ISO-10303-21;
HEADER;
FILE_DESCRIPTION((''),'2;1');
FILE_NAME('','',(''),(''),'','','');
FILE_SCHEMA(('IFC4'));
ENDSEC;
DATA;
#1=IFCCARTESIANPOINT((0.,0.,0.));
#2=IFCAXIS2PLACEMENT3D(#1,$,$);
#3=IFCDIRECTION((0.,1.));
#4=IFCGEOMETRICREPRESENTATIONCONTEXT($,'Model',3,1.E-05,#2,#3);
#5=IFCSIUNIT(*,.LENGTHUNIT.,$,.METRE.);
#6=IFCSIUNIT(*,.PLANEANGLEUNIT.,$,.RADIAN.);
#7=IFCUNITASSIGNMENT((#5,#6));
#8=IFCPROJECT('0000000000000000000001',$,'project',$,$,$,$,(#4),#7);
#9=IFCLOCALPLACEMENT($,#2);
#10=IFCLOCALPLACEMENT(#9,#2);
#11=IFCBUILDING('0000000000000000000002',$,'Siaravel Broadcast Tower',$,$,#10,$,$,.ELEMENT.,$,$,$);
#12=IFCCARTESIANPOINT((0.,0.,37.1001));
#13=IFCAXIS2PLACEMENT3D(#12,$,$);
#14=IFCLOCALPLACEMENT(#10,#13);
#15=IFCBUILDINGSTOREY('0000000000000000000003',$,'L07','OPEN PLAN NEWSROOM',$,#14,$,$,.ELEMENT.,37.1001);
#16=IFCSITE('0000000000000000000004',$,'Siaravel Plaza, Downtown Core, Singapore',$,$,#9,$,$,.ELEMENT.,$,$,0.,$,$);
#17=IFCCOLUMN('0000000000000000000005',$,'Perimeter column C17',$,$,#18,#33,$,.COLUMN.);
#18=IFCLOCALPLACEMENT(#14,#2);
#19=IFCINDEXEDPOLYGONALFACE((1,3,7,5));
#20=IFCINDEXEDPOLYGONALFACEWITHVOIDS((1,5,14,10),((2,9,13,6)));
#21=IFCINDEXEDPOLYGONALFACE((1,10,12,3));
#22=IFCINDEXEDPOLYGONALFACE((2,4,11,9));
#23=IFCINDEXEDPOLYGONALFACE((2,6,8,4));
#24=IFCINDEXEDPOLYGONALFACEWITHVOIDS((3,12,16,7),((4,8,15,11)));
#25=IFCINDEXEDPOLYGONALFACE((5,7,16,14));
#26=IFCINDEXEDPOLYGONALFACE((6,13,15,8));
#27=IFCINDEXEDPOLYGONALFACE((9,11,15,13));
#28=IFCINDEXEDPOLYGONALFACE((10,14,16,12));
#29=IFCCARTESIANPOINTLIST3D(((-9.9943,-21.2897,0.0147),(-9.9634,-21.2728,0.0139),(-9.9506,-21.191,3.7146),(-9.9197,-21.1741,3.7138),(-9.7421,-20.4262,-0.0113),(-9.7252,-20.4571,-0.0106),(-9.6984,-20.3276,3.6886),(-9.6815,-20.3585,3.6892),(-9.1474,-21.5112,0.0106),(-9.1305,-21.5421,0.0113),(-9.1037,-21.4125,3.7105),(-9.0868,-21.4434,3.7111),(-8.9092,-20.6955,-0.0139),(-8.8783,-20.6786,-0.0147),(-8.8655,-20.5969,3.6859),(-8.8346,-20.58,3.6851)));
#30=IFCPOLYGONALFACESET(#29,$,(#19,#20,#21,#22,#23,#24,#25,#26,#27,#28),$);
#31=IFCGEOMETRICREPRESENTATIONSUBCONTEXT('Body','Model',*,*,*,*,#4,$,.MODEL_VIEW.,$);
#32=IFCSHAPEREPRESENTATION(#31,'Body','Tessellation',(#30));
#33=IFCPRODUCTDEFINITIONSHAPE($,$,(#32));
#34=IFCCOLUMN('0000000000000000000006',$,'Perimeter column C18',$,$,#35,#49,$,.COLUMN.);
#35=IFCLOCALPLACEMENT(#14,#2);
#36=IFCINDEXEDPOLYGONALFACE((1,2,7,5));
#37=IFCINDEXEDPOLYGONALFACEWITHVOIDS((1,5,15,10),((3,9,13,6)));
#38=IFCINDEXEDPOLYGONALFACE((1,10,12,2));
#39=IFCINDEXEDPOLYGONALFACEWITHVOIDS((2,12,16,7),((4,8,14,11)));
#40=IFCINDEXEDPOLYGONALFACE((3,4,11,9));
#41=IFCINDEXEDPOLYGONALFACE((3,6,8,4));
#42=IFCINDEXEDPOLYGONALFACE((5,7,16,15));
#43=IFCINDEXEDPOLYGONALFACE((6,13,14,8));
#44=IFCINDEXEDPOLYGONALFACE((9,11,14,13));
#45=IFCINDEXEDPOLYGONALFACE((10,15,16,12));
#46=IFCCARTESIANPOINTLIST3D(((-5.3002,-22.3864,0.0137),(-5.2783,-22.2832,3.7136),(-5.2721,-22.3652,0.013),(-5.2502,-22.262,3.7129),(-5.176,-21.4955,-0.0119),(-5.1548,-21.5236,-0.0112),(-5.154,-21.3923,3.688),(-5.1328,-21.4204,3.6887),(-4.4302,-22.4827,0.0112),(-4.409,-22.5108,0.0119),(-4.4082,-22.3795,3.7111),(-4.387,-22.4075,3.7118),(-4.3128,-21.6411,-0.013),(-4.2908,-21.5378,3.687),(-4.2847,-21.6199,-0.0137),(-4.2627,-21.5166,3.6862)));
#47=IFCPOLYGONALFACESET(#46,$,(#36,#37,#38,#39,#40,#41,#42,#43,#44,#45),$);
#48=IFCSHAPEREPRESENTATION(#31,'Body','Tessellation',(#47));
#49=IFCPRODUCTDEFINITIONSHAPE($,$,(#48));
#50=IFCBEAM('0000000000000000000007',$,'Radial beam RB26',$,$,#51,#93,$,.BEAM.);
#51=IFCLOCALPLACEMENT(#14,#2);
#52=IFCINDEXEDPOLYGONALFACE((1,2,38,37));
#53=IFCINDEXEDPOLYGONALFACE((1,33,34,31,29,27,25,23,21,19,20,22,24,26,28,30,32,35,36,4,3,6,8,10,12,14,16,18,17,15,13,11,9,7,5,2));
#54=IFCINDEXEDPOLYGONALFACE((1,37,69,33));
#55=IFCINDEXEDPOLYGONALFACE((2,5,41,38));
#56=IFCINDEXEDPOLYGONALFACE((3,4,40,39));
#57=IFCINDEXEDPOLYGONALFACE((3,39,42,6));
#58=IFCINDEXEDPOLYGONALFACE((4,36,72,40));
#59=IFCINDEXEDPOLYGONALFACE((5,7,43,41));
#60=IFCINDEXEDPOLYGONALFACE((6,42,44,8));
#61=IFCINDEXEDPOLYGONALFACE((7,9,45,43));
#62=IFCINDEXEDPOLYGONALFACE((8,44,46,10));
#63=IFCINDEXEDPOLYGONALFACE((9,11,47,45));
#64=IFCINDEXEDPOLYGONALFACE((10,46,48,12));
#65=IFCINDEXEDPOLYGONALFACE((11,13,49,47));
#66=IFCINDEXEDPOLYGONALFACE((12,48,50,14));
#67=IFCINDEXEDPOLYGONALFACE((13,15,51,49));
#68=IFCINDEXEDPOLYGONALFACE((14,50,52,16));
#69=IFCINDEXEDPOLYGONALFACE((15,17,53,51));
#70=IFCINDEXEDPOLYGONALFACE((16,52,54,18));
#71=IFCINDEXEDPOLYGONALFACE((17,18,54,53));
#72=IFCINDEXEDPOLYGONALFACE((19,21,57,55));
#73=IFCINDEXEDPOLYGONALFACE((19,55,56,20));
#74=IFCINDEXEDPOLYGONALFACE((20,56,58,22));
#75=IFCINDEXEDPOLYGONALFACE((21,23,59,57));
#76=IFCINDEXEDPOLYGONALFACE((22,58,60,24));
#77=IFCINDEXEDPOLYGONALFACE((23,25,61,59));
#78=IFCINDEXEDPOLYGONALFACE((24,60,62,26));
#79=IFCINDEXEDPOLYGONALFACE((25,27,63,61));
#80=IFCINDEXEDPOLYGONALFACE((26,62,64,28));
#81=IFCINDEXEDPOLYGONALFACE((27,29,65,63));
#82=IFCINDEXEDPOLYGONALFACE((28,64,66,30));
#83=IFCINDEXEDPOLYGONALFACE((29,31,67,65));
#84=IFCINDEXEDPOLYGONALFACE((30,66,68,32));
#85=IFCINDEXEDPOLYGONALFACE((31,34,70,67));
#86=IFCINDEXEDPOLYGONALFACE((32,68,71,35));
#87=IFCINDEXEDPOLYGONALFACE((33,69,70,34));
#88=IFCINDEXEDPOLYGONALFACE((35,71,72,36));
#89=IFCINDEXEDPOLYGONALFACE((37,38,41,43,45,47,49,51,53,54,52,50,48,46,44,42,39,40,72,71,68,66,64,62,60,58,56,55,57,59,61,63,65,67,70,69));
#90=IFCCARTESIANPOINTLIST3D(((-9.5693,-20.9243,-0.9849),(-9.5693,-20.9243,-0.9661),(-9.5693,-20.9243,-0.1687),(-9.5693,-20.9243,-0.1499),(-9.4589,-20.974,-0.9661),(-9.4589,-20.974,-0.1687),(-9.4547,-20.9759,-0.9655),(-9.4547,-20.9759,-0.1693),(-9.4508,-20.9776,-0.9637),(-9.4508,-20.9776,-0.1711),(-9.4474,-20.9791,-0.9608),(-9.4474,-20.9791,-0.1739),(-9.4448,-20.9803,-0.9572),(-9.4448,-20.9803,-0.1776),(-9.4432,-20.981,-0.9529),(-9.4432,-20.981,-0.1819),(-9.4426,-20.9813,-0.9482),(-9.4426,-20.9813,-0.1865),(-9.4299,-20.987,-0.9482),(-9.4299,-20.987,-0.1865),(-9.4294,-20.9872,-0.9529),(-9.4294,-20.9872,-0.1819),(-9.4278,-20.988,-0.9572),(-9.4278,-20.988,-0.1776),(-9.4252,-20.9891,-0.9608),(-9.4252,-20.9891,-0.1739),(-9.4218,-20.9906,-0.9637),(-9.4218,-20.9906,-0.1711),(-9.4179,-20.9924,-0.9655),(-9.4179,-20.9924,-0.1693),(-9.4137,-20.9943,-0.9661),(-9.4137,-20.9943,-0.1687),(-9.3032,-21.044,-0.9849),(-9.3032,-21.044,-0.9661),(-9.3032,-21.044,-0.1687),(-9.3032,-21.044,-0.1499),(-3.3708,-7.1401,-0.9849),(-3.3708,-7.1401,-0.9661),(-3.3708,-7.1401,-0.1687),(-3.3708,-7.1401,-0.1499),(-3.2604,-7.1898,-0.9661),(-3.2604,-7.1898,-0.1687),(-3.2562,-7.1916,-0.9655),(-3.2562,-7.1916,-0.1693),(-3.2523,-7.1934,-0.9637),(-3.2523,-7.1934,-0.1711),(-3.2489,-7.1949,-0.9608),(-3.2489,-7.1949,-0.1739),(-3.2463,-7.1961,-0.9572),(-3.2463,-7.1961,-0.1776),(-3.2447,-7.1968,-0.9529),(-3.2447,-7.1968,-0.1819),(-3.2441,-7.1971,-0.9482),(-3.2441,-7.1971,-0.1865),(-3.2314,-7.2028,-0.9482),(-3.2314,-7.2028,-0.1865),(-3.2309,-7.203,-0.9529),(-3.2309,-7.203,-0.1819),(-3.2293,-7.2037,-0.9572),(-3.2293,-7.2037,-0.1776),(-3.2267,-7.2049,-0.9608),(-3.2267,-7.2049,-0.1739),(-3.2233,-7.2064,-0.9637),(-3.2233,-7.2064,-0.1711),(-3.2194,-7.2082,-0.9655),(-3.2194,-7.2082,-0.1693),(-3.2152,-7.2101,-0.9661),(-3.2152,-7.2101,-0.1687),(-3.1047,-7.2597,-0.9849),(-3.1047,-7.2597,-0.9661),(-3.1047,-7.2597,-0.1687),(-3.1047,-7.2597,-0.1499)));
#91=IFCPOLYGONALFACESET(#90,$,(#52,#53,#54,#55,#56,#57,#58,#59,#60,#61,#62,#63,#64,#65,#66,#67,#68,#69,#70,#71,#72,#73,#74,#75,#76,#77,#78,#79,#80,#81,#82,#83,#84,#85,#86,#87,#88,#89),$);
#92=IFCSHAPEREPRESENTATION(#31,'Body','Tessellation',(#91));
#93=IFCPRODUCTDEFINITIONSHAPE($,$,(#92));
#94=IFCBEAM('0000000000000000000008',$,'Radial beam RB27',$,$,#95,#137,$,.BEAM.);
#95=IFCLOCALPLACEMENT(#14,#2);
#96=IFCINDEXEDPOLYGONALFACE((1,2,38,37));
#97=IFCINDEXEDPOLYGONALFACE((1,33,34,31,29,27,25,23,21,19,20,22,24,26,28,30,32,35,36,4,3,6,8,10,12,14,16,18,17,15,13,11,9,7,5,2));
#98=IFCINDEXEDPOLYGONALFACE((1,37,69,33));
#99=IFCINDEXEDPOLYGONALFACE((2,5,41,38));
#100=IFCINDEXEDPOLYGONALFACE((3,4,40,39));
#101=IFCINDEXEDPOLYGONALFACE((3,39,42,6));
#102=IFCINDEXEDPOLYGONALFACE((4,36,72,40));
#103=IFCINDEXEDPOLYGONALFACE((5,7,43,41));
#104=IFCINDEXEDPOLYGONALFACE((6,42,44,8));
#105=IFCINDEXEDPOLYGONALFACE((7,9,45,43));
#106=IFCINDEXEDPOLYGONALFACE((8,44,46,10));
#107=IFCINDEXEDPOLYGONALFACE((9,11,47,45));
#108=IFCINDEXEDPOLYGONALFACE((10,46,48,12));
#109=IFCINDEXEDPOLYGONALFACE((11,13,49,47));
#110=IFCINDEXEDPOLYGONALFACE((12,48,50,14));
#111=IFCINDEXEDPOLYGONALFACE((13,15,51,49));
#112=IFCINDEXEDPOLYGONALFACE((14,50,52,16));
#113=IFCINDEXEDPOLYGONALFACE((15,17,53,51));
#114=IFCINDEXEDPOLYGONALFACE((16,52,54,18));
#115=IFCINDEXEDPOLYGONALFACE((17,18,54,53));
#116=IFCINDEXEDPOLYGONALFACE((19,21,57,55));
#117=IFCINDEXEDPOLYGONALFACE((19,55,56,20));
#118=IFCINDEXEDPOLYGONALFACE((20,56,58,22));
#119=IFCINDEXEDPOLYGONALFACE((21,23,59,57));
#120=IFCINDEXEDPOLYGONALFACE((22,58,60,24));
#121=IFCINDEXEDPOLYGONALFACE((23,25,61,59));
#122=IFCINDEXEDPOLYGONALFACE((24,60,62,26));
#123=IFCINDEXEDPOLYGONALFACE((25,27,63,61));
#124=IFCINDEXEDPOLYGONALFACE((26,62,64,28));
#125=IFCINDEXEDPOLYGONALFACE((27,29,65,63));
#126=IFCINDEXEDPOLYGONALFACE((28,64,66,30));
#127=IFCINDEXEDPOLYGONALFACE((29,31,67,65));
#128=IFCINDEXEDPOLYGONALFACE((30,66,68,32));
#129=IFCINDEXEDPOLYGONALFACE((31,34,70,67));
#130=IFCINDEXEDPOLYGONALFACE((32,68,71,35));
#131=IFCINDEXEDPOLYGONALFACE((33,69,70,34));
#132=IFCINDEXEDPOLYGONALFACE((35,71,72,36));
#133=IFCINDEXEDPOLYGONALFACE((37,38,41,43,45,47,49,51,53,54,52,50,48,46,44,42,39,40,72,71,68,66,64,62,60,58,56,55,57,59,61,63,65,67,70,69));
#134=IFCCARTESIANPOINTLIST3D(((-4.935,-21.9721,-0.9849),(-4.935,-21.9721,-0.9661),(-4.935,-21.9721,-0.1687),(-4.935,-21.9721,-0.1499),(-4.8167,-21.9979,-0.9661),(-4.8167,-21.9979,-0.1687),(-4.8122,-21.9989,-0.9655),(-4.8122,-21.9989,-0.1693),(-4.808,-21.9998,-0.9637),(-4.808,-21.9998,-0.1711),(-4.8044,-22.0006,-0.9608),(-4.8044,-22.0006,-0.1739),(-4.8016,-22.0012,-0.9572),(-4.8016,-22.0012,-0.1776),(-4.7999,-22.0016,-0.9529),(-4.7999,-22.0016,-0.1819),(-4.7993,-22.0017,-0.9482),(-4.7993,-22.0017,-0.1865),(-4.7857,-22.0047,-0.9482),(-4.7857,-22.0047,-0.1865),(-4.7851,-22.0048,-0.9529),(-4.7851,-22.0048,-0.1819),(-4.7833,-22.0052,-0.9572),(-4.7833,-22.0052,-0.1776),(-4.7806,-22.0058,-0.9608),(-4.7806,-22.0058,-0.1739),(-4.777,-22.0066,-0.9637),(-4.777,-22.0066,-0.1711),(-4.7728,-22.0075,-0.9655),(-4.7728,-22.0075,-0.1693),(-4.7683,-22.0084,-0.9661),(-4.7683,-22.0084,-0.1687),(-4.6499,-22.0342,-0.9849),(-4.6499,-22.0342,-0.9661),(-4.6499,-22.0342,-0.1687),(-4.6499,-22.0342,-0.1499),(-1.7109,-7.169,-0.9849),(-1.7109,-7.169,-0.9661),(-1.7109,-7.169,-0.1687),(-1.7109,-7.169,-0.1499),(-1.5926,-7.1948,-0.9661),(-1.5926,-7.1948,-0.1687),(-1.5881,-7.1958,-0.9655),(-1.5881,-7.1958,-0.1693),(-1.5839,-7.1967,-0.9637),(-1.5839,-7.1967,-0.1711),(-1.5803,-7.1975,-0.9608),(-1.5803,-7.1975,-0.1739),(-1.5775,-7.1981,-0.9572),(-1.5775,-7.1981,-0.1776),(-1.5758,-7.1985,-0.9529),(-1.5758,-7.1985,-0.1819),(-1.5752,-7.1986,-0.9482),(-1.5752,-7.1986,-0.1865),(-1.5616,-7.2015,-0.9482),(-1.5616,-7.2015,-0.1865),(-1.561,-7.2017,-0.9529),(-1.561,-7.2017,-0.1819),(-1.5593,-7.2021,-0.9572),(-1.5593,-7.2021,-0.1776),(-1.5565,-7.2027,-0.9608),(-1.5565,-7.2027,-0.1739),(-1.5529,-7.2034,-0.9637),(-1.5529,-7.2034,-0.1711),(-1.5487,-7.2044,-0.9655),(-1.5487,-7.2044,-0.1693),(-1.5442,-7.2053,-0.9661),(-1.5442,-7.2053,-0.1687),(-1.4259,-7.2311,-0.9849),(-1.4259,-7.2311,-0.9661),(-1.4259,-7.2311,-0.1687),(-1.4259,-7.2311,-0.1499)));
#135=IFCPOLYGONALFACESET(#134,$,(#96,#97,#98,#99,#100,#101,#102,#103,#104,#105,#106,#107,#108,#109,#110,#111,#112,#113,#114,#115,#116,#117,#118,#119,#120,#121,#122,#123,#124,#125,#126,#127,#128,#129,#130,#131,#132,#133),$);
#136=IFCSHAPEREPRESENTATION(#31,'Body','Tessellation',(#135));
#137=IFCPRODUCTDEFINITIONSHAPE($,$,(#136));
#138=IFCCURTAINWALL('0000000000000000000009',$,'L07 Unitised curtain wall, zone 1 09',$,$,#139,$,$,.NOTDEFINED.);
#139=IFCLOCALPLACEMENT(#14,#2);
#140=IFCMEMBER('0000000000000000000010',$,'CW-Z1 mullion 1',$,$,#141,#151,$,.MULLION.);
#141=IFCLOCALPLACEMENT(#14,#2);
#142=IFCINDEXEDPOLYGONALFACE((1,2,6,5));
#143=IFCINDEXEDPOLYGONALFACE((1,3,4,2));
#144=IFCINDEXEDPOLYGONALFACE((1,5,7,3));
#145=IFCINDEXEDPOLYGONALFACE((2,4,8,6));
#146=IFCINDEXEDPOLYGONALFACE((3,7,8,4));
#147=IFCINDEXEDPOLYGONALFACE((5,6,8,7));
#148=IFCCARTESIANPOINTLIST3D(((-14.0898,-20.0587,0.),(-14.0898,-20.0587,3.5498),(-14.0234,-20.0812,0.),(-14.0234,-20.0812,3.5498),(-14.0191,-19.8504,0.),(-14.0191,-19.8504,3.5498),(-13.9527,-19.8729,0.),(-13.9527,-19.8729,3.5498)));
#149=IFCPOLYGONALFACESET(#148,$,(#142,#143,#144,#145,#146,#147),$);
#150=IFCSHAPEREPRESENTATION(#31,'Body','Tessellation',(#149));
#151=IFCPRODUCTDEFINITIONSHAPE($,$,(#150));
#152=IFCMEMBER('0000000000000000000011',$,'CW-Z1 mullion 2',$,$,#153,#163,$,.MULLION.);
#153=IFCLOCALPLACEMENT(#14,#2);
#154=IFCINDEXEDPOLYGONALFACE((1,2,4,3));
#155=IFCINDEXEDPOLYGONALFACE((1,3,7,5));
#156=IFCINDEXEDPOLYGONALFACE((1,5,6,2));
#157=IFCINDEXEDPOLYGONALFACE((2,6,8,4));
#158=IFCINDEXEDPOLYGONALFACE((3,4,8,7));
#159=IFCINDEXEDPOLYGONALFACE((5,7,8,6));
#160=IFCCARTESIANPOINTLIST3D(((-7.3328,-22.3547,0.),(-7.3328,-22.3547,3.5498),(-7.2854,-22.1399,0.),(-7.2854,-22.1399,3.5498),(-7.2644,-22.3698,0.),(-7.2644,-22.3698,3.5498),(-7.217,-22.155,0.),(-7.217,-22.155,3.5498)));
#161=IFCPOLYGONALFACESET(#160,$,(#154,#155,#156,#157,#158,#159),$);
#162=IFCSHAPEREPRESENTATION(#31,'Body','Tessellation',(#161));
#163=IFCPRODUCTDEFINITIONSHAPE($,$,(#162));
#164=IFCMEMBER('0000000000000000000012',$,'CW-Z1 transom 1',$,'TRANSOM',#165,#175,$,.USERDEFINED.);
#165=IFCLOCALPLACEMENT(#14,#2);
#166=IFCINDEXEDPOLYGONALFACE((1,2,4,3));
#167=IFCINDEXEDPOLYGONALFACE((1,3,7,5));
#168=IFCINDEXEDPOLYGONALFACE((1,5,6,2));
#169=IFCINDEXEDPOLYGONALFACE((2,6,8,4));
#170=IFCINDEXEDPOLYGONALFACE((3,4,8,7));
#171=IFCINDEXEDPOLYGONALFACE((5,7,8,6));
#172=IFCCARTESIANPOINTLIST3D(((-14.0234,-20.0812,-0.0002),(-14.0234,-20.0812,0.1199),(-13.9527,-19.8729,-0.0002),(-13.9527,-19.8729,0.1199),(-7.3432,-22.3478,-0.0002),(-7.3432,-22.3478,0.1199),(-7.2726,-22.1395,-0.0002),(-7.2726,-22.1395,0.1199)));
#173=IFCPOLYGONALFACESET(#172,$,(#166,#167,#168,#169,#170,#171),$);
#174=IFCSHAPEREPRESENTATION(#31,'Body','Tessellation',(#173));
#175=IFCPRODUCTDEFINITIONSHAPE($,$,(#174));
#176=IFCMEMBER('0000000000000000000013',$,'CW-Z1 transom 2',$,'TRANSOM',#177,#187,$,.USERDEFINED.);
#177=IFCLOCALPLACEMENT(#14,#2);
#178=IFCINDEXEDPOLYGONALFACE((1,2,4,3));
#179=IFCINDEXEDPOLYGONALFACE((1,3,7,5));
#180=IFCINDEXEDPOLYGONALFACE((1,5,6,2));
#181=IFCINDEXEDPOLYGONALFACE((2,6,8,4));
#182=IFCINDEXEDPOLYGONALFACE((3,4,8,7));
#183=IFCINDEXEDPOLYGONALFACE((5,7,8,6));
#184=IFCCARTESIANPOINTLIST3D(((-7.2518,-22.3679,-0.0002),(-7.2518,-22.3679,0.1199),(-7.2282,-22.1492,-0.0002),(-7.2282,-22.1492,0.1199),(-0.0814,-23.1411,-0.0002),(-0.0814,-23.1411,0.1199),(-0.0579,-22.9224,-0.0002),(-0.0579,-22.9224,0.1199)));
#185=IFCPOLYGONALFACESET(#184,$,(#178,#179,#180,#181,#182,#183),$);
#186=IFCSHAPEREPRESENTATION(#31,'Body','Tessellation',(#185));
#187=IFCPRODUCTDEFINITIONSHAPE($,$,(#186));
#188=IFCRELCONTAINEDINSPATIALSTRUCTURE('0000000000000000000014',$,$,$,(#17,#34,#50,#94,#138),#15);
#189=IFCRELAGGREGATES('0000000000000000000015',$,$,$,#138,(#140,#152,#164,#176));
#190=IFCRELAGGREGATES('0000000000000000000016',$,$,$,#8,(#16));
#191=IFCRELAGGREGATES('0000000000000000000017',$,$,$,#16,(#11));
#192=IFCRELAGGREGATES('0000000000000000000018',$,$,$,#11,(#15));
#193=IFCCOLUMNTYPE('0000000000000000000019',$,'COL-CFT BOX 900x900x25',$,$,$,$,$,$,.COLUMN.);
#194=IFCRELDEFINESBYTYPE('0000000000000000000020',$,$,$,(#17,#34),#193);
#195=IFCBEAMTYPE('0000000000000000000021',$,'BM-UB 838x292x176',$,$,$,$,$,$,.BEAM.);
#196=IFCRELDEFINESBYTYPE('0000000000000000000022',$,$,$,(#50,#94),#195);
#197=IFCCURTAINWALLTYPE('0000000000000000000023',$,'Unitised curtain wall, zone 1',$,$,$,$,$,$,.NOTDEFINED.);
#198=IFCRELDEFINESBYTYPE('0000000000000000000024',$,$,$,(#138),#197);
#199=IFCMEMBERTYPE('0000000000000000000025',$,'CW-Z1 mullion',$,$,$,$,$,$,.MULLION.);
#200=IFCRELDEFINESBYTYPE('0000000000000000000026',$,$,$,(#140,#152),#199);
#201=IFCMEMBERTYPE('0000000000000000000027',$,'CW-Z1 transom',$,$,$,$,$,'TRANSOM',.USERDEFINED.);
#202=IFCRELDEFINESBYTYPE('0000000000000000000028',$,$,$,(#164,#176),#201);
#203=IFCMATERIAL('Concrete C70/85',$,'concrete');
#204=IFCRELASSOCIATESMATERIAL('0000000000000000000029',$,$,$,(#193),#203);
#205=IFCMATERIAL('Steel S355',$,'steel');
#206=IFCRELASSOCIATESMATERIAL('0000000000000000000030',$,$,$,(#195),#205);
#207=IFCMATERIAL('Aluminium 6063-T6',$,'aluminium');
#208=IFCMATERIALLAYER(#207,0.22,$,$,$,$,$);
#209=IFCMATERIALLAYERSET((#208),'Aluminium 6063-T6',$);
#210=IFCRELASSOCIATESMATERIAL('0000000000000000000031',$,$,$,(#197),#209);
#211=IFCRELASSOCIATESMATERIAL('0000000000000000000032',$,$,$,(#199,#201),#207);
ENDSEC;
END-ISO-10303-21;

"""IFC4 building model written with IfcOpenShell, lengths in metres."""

from ifc_helpers import new_model, si_unit, direction, frame, origin, origin_2d, place, context, subcontext, project, spatial, rectangle, hollow_rectangle, i_section, extrude, material, layer, layer_set, material_profile, profile_set, type_object, element, aggregate, save


model = new_model("IFC4")

# Units and contexts
model_context = context("Model", 3, precision=1e-05, world=origin(), true_north=direction((0.0, 1.0)))
body_context = subcontext(model_context, "Body", "Model", "MODEL_VIEW")
ifc_project = project(units=[si_unit("LENGTHUNIT", "METRE"), si_unit("PLANEANGLEUNIT", "RADIAN")], contexts=[model_context])

# Site, building, storey
site_placement = place(None, origin())
site = spatial("IfcSite", under=ifc_project, at=site_placement, Name="Siaravel Plaza, Downtown Core, Singapore", CompositionType="ELEMENT", RefElevation=0.0)
building_placement = place(site_placement, origin())
building = spatial("IfcBuilding", under=site, at=building_placement, Name="Siaravel Broadcast Tower", CompositionType="ELEMENT")
storey_placement = place(building_placement, frame((0.0, 0.0, 37.1001)))
storey = spatial("IfcBuildingStorey", under=building, at=storey_placement, Name="L07", Description="OPEN PLAN NEWSROOM", CompositionType="ELEMENT", Elevation=37.1001)

# Columns
ifc_material_1 = material(Name="Concrete C70/85", Category="concrete")
ifc_material_profile_1 = material_profile(ifc_material_1, hollow_rectangle(XDim=0.8999, YDim=0.8999, WallThickness=0.0249, at=origin_2d()))
ifc_profile_set_1 = profile_set([ifc_material_profile_1], Name="Concrete C70/85")
column_type = type_object("IfcColumnType", Name="COL-CFT BOX 900x900x25", PredefinedType="COLUMN", material=ifc_profile_set_1)
for number, where, z_axis, x_axis, name in (
    (1, (-9.4363, -20.9841, 0.0), (0.011806, 0.026647, 0.999575), (-0.959858, 0.280461, 0.003861), "Perimeter column C17"),
    (2, (-4.7925, -22.0032, 0.0), (0.005936, 0.0279, 0.999593), (-0.990401, 0.138207, 0.002024), "Perimeter column C18"),
):
    element("IfcColumn", number, at=place(storey_placement, frame(where, z_axis=z_axis, x_axis=x_axis)), inside=storey, type_object=column_type, Name=name, PredefinedType="COLUMN", context=body_context, shape_type="SweptSolid", body=[
        extrude(hollow_rectangle(XDim=0.8999, YDim=0.8999, WallThickness=0.0249, at=origin_2d()), origin(), (0.0, 0.0, 1.0), 3.7014),
    ])

# Beams
ifc_material_2 = material(Name="Steel S355", Category="steel")
ifc_material_profile_2 = material_profile(ifc_material_2, i_section(OverallWidth=0.2917, OverallDepth=0.835, WebThickness=0.0139, FlangeThickness=0.0188, FilletRadius=0.0178, at=origin_2d()))
ifc_profile_set_2 = profile_set([ifc_material_profile_2], Name="Steel S355")
beam_type = type_object("IfcBeamType", Name="BM-UB 838x292x176", PredefinedType="BEAM", material=ifc_profile_set_2)
beam_1_placement = place(storey_placement, frame((-9.4363, -20.9841, -0.5674), z_axis=(0.410123, 0.91203, 0.0), x_axis=(-0.91203, 0.410123, 0.0)))
element("IfcBeam", 3, at=beam_1_placement, inside=storey, type_object=beam_type, Name="Radial beam RB26", PredefinedType="BEAM", context=body_context, shape_type="SweptSolid", body=[
    extrude(i_section(OverallWidth=0.2917, OverallDepth=0.835, WebThickness=0.0139, FlangeThickness=0.0188, FilletRadius=0.0178, at=origin_2d()), origin(), (0.0, 0.0, 1.0), 15.1138),
])
beam_2_placement = place(storey_placement, frame((-4.7925, -22.0032, -0.5674), z_axis=(0.21281, 0.977094, 0.0), x_axis=(-0.977094, 0.21281, 0.0)))
element("IfcBeam", 4, at=beam_2_placement, inside=storey, type_object=beam_type, Name="Radial beam RB27", PredefinedType="BEAM", context=body_context, shape_type="SweptSolid", body=[
    extrude(i_section(OverallWidth=0.2917, OverallDepth=0.835, WebThickness=0.0139, FlangeThickness=0.0188, FilletRadius=0.0178, at=origin_2d()), origin(), (0.0, 0.0, 1.0), 15.1501),
])

# Curtain wall, members
ifc_material_3 = material(Name="Aluminium 6063-T6", Category="aluminium")
ifc_layer_1 = layer(ifc_material_3, 0.22)
ifc_layer_set_1 = layer_set([ifc_layer_1], Name="Aluminium 6063-T6")
curtain_wall_type = type_object("IfcCurtainWallType", Name="Unitised curtain wall, zone 1", PredefinedType="NOTDEFINED", material=ifc_layer_set_1)
curtain_wall_placement = place(storey_placement, origin())
curtain_wall = element("IfcCurtainWall", 5, at=curtain_wall_placement, inside=storey, type_object=curtain_wall_type, Name="L07 Unitised curtain wall, zone 1 09", PredefinedType="NOTDEFINED")
ifc_material_profile_3 = material_profile(ifc_material_3, rectangle(XDim=0.22, YDim=0.0701, at=origin_2d()))
ifc_profile_set_3 = profile_set([ifc_material_profile_3], Name="Aluminium 6063-T6")
member_type_1 = type_object("IfcMemberType", Name="CW-Z1 mullion", PredefinedType="MULLION", material=ifc_profile_set_3)
member_1_placement = place(storey_placement, frame((-14.0212, -19.9658, 0.0), z_axis=(0.0, 0.0, 1.0), x_axis=(0.321301, 0.946977, 0.0)))
member_1 = element("IfcMember", 6, at=member_1_placement, type_object=member_type_1, Name="CW-Z1 mullion 1", PredefinedType="MULLION", context=body_context, shape_type="SweptSolid", body=[
    extrude(rectangle(XDim=0.22, YDim=0.0701, at=origin_2d()), origin(), (0.0, 0.0, 1.0), 3.5498),
])
member_2_placement = place(storey_placement, frame((-7.2749, -22.2549, 0.0), z_axis=(0.0, 0.0, 1.0), x_axis=(0.215558, 0.976491, 0.0)))
member_2 = element("IfcMember", 7, at=member_2_placement, type_object=member_type_1, Name="CW-Z1 mullion 2", PredefinedType="MULLION", context=body_context, shape_type="SweptSolid", body=[
    extrude(rectangle(XDim=0.22, YDim=0.0701, at=origin_2d()), origin(), (0.0, 0.0, 1.0), 3.5498),
])
ifc_material_profile_4 = material_profile(ifc_material_3, rectangle(XDim=0.22, YDim=0.1201, at=origin_2d()))
ifc_profile_set_4 = profile_set([ifc_material_profile_4], Name="Aluminium 6063-T6")
member_type_2 = type_object("IfcMemberType", Name="CW-Z1 transom", ElementType="TRANSOM", PredefinedType="USERDEFINED", material=ifc_profile_set_4)
member_3_placement = place(storey_placement, frame((-13.988, -19.9771, 0.0598), z_axis=(0.946974, -0.321311, 0.0), x_axis=(0.321311, 0.946974, 0.0)))
member_3 = element("IfcMember", 8, at=member_3_placement, type_object=member_type_2, Name="CW-Z1 transom 1", ObjectType="TRANSOM", PredefinedType="USERDEFINED", context=body_context, shape_type="SweptSolid", body=[
    extrude(rectangle(XDim=0.22, YDim=0.1201, at=origin_2d()), origin(), (0.0, 0.0, 1.0), 7.0542),
])
member_4_placement = place(storey_placement, frame((-7.24, -22.2585, 0.0598), z_axis=(0.994236, -0.10721, 0.0), x_axis=(0.10721, 0.994236, 0.0)))
member_4 = element("IfcMember", 9, at=member_4_placement, type_object=member_type_2, Name="CW-Z1 transom 2", ObjectType="TRANSOM", PredefinedType="USERDEFINED", context=body_context, shape_type="SweptSolid", body=[
    extrude(rectangle(XDim=0.22, YDim=0.1201, at=origin_2d()), origin(), (0.0, 0.0, 1.0), 7.2119),
])

aggregate(curtain_wall, [member_1, member_2, member_3, member_4])

save(model, "model.ifc")
